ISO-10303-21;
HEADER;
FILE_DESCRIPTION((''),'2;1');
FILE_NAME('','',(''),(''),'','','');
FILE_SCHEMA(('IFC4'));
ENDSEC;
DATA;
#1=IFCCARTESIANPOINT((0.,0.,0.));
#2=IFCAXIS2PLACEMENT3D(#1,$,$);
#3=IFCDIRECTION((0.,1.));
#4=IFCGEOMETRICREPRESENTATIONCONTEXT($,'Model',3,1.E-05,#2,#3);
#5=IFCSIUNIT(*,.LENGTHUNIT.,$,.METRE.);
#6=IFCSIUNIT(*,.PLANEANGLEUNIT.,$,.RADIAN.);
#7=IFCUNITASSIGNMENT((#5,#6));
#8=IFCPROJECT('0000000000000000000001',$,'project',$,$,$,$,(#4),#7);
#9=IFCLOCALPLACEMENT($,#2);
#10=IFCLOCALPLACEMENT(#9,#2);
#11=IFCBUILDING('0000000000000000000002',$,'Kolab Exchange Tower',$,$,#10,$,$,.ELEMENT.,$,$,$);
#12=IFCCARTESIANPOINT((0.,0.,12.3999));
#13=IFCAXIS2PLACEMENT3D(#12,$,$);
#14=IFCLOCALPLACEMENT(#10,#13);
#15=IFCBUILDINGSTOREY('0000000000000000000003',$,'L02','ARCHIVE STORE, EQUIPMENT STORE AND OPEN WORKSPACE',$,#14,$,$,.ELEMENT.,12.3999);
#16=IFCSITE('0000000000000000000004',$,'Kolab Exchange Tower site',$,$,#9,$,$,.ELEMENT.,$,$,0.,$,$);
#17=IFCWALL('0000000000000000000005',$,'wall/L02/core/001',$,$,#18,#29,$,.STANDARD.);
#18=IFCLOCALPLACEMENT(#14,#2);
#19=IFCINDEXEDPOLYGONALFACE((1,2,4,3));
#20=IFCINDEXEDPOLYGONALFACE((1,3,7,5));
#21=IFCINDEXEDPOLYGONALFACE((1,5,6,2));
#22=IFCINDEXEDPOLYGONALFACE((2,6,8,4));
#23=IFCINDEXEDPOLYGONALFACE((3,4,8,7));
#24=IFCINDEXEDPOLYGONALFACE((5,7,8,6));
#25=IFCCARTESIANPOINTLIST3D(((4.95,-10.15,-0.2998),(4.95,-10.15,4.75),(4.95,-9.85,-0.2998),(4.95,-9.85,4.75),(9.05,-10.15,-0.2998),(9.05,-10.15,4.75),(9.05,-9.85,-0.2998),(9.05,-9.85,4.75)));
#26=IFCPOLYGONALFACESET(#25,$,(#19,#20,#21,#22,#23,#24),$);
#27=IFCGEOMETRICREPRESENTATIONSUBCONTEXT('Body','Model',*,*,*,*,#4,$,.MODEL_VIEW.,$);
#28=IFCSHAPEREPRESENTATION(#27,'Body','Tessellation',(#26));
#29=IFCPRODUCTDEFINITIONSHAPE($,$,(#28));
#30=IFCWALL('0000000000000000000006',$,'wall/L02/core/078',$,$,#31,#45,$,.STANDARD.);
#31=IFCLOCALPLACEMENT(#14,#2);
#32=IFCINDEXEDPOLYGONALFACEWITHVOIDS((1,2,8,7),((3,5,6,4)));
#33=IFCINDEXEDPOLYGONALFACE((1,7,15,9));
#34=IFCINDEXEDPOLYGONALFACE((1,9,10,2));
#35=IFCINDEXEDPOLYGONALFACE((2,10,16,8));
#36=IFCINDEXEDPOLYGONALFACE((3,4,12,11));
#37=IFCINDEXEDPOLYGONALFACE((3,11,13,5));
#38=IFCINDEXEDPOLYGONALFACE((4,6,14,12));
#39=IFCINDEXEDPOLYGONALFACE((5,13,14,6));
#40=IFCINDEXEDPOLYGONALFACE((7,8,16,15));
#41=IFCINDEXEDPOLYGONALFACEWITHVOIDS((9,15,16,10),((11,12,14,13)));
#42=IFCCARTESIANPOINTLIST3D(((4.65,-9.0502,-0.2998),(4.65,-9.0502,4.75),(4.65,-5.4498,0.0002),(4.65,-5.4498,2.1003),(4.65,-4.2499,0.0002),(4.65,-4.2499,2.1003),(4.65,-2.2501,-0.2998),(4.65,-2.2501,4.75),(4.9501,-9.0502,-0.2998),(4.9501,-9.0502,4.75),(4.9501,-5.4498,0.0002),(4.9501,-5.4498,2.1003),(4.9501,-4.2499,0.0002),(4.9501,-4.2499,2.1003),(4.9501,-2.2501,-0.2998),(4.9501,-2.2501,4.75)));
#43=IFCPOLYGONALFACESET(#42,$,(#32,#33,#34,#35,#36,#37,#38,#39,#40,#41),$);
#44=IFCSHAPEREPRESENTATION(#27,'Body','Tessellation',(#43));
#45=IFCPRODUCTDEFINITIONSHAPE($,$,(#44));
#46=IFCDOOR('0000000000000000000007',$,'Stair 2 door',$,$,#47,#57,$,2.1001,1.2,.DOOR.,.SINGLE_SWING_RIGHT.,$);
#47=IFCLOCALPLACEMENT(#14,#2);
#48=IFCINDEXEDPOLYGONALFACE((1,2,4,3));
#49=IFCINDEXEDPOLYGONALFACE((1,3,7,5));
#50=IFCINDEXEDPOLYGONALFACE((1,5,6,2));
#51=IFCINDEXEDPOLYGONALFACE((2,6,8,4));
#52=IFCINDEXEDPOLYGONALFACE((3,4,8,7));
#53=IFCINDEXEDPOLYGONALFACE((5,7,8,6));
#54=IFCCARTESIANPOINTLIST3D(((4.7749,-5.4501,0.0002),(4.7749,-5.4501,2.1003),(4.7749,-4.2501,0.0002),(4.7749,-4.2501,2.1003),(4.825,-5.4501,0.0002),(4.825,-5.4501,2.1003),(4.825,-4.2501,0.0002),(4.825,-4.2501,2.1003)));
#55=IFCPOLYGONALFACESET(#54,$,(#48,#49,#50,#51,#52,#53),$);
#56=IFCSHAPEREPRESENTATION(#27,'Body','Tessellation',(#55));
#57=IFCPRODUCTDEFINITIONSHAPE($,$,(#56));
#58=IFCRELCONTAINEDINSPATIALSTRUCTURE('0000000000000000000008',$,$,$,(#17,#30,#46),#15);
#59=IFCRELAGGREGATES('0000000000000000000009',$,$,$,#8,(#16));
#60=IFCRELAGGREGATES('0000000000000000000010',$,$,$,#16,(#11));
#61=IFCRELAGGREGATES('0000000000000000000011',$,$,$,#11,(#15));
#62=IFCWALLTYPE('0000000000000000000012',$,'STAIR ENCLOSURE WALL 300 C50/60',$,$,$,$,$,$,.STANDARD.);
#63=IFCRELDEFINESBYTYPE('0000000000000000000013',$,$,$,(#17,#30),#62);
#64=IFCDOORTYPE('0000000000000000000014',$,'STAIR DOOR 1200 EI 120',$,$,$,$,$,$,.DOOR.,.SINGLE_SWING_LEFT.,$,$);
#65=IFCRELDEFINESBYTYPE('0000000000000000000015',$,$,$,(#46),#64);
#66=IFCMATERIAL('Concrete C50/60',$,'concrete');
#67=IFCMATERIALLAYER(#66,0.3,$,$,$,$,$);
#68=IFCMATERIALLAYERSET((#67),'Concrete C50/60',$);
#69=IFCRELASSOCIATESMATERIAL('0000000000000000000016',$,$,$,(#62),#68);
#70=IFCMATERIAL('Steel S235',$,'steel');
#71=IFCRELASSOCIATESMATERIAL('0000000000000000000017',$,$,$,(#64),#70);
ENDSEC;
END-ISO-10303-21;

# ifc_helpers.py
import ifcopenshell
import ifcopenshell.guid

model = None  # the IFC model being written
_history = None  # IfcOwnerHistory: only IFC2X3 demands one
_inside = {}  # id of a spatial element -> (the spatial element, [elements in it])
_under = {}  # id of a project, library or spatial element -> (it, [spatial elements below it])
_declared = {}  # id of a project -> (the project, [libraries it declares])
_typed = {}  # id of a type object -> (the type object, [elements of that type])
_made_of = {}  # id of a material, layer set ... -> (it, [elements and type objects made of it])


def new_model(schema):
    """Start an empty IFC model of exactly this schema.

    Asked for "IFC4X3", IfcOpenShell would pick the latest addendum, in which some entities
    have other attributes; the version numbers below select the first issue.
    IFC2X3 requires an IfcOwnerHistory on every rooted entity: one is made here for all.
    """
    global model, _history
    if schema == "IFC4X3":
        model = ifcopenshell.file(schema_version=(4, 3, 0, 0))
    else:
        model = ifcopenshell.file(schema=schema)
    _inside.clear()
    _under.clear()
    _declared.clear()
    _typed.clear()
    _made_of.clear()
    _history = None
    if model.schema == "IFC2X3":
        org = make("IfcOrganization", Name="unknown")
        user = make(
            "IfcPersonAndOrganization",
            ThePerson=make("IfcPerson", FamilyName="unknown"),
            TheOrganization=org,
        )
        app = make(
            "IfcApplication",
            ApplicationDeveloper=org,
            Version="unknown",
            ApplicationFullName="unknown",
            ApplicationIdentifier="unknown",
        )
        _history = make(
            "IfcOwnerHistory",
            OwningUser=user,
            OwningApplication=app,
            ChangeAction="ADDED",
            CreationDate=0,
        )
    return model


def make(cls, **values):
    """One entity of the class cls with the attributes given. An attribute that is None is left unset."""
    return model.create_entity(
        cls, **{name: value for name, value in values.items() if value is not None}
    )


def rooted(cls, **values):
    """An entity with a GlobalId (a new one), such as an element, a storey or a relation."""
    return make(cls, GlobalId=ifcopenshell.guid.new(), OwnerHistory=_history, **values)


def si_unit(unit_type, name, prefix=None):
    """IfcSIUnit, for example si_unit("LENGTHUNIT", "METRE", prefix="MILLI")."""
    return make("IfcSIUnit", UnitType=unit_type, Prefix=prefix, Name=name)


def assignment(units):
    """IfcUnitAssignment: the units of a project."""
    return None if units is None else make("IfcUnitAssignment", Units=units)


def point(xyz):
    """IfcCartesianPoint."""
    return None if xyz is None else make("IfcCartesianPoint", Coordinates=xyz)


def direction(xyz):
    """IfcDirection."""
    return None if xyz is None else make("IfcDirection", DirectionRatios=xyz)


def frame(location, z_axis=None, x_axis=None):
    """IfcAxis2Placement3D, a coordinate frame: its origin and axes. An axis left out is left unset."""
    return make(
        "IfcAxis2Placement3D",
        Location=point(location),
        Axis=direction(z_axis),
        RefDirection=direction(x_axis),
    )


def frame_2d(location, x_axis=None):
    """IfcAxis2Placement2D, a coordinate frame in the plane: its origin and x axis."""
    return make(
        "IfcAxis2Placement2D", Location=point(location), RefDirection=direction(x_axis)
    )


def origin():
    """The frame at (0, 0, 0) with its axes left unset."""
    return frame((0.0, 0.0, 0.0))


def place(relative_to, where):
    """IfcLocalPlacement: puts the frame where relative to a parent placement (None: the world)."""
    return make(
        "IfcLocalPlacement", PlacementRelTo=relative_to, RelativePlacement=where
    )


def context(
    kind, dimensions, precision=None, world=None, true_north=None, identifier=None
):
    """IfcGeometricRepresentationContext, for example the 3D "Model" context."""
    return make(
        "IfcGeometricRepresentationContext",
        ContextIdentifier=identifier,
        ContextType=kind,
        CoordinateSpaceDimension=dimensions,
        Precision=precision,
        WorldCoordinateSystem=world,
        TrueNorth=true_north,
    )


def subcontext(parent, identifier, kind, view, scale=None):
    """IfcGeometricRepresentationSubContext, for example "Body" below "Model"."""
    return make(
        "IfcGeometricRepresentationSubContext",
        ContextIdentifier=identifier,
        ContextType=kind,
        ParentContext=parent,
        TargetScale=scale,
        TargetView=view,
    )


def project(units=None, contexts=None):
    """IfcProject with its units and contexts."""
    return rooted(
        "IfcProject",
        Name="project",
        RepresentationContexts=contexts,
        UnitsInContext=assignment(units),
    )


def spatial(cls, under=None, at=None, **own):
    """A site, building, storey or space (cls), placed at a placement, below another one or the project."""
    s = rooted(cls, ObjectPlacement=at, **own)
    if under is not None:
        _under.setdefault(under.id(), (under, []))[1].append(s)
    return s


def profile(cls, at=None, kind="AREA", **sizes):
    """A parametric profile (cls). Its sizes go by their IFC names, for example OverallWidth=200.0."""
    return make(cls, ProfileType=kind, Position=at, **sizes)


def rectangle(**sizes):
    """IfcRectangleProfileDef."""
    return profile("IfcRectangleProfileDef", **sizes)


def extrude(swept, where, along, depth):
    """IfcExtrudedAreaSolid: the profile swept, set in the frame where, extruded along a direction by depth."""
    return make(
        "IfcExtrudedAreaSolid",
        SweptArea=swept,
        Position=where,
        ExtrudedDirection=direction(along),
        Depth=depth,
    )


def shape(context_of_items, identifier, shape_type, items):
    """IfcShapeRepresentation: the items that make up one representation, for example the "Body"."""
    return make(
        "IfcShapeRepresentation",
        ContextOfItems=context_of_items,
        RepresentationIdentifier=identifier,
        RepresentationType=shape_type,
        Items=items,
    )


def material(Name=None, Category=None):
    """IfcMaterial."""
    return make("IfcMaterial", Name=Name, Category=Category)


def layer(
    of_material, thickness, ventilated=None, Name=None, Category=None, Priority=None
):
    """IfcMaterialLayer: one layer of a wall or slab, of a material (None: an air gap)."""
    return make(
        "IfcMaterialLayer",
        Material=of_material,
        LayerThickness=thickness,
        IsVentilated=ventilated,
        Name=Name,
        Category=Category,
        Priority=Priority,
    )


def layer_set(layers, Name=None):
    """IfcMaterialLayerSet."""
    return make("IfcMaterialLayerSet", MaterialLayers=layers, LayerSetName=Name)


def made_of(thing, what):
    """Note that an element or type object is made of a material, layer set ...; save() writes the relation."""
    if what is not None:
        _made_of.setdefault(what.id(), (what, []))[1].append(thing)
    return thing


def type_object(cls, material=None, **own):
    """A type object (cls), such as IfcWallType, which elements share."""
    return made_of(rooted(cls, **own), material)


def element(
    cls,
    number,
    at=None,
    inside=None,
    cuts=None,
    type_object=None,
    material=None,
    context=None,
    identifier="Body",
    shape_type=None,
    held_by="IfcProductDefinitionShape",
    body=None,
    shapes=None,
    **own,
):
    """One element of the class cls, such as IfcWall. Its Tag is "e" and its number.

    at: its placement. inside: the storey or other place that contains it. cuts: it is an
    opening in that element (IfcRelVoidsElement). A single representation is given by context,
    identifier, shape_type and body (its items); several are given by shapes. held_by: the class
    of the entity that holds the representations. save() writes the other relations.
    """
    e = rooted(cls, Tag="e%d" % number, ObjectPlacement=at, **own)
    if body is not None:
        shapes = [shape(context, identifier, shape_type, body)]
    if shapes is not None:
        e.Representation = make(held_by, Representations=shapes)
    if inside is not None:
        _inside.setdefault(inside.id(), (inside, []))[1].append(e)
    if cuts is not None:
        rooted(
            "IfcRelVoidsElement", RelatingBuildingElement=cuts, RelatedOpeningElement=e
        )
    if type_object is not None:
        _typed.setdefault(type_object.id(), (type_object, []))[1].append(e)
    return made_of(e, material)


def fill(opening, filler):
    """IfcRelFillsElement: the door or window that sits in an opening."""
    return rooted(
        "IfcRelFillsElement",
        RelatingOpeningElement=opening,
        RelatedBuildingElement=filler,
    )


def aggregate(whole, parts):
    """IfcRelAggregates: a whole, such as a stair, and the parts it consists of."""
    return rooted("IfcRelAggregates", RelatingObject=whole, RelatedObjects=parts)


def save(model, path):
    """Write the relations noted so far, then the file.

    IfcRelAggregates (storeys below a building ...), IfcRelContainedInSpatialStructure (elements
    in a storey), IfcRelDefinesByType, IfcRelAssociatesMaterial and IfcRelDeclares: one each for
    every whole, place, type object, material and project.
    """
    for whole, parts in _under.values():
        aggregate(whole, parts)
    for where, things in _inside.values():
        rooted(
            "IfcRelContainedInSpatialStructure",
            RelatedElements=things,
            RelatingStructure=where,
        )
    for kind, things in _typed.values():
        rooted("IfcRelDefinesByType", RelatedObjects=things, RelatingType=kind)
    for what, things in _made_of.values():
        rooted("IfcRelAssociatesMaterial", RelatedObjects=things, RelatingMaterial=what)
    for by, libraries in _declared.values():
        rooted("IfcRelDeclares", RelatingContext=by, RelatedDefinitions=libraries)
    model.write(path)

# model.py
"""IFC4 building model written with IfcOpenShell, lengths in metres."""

from ifc_helpers import new_model, si_unit, direction, frame, frame_2d, origin, place, context, subcontext, project, spatial, rectangle, extrude, material, layer, layer_set, type_object, element, fill, save


model = new_model("IFC4")

# Units and contexts
model_context = context("Model", 3, precision=1e-05, world=origin(), true_north=direction((0.0, 1.0)))
body_context = subcontext(model_context, "Body", "Model", "MODEL_VIEW")
ifc_project = project(units=[si_unit("LENGTHUNIT", "METRE"), si_unit("PLANEANGLEUNIT", "RADIAN")], contexts=[model_context])

# Site, building, storey
site_placement = place(None, origin())
site = spatial("IfcSite", under=ifc_project, at=site_placement, Name="Kolab Exchange Tower site", CompositionType="ELEMENT", RefElevation=0.0)
building_placement = place(site_placement, origin())
building = spatial("IfcBuilding", under=site, at=building_placement, Name="Kolab Exchange Tower", CompositionType="ELEMENT")
storey_placement = place(building_placement, frame((0.0, 0.0, 12.3999)))
storey = spatial("IfcBuildingStorey", under=building, at=storey_placement, Name="L02", Description="ARCHIVE STORE, EQUIPMENT STORE AND OPEN WORKSPACE", CompositionType="ELEMENT", Elevation=12.3999)

# Shared definitions
ifc_material_1 = material(Name="Steel S235", Category="steel")

# Shared definitions
ifc_material_2 = material(Name="Concrete C50/60", Category="concrete")

# Wall
ifc_layer_1 = layer(ifc_material_2, 0.3)
ifc_layer_set_1 = layer_set([ifc_layer_1], Name="Concrete C50/60")
wall_type_1 = type_object("IfcWallType", Name="STAIR ENCLOSURE WALL 300 C50/60", PredefinedType="STANDARD", material=ifc_layer_set_1)
wall_1_placement = place(storey_placement, frame((4.95, -10.0, -0.2998), z_axis=(0.0, 0.0, 1.0), x_axis=(1.0, 0.0, 0.0)))
element("IfcWall", 1, at=wall_1_placement, inside=storey, type_object=wall_type_1, Name="wall/L02/core/001", PredefinedType="STANDARD", context=body_context, shape_type="SweptSolid", body=[
    extrude(rectangle(XDim=4.1001, YDim=0.3, at=frame_2d((2.05, 0.0))), origin(), (0.0, 0.0, 1.0), 5.0498),
])

# Wall, opening, door
wall_2_placement = place(storey_placement, frame((4.8, -9.05, -0.2998), z_axis=(0.0, 0.0, 1.0), x_axis=(0.0, 1.0, 0.0)))
wall_2 = element("IfcWall", 2, at=wall_2_placement, inside=storey, type_object=wall_type_1, Name="wall/L02/core/078", PredefinedType="STANDARD", context=body_context, shape_type="SweptSolid", body=[
    extrude(rectangle(XDim=6.8, YDim=0.3, at=frame_2d((3.3999, 0.0))), origin(), (0.0, 0.0, 1.0), 5.0498),
])
opening_1_placement = place(wall_2_placement, frame((3.6001, 0.0, 0.3)))
opening_1 = element("IfcOpeningElement", 3, at=opening_1_placement, cuts=wall_2, PredefinedType="OPENING", context=body_context, shape_type="SweptSolid", body=[
    extrude(rectangle(XDim=1.2, YDim=2.1001, at=frame_2d((0.6001, 1.05))), frame((0.0, 0.1602, 0.0), z_axis=(0.0, -1.0, 0.0), x_axis=(1.0, 0.0, 0.0)), (0.0, 0.0, 1.0), 0.3201),
])
door_type_1 = type_object("IfcDoorType", Name="STAIR DOOR 1200 EI 120", OperationType="SINGLE_SWING_LEFT", PredefinedType="DOOR", material=ifc_material_1)
door_1_placement = place(opening_1_placement, frame((1.2, 0.0, 0.0), z_axis=(0.0, 0.0, 1.0), x_axis=(-1.0, 0.0, 0.0)))
door_1 = element("IfcDoor", 4, at=door_1_placement, inside=storey, type_object=door_type_1, Name="Stair 2 door", OperationType="SINGLE_SWING_RIGHT", OverallHeight=2.1001, OverallWidth=1.2, PredefinedType="DOOR", context=body_context, shape_type="SweptSolid", body=[
    extrude(rectangle(XDim=1.2, YDim=2.1001, at=frame_2d((0.6001, 1.05))), frame((0.0, 0.0249, 0.0), z_axis=(0.0, -1.0, 0.0), x_axis=(1.0, 0.0, 0.0)), (0.0, 0.0, 1.0), 0.05),
])
fill(opening_1, door_1)

save(model, "model.ifc")
